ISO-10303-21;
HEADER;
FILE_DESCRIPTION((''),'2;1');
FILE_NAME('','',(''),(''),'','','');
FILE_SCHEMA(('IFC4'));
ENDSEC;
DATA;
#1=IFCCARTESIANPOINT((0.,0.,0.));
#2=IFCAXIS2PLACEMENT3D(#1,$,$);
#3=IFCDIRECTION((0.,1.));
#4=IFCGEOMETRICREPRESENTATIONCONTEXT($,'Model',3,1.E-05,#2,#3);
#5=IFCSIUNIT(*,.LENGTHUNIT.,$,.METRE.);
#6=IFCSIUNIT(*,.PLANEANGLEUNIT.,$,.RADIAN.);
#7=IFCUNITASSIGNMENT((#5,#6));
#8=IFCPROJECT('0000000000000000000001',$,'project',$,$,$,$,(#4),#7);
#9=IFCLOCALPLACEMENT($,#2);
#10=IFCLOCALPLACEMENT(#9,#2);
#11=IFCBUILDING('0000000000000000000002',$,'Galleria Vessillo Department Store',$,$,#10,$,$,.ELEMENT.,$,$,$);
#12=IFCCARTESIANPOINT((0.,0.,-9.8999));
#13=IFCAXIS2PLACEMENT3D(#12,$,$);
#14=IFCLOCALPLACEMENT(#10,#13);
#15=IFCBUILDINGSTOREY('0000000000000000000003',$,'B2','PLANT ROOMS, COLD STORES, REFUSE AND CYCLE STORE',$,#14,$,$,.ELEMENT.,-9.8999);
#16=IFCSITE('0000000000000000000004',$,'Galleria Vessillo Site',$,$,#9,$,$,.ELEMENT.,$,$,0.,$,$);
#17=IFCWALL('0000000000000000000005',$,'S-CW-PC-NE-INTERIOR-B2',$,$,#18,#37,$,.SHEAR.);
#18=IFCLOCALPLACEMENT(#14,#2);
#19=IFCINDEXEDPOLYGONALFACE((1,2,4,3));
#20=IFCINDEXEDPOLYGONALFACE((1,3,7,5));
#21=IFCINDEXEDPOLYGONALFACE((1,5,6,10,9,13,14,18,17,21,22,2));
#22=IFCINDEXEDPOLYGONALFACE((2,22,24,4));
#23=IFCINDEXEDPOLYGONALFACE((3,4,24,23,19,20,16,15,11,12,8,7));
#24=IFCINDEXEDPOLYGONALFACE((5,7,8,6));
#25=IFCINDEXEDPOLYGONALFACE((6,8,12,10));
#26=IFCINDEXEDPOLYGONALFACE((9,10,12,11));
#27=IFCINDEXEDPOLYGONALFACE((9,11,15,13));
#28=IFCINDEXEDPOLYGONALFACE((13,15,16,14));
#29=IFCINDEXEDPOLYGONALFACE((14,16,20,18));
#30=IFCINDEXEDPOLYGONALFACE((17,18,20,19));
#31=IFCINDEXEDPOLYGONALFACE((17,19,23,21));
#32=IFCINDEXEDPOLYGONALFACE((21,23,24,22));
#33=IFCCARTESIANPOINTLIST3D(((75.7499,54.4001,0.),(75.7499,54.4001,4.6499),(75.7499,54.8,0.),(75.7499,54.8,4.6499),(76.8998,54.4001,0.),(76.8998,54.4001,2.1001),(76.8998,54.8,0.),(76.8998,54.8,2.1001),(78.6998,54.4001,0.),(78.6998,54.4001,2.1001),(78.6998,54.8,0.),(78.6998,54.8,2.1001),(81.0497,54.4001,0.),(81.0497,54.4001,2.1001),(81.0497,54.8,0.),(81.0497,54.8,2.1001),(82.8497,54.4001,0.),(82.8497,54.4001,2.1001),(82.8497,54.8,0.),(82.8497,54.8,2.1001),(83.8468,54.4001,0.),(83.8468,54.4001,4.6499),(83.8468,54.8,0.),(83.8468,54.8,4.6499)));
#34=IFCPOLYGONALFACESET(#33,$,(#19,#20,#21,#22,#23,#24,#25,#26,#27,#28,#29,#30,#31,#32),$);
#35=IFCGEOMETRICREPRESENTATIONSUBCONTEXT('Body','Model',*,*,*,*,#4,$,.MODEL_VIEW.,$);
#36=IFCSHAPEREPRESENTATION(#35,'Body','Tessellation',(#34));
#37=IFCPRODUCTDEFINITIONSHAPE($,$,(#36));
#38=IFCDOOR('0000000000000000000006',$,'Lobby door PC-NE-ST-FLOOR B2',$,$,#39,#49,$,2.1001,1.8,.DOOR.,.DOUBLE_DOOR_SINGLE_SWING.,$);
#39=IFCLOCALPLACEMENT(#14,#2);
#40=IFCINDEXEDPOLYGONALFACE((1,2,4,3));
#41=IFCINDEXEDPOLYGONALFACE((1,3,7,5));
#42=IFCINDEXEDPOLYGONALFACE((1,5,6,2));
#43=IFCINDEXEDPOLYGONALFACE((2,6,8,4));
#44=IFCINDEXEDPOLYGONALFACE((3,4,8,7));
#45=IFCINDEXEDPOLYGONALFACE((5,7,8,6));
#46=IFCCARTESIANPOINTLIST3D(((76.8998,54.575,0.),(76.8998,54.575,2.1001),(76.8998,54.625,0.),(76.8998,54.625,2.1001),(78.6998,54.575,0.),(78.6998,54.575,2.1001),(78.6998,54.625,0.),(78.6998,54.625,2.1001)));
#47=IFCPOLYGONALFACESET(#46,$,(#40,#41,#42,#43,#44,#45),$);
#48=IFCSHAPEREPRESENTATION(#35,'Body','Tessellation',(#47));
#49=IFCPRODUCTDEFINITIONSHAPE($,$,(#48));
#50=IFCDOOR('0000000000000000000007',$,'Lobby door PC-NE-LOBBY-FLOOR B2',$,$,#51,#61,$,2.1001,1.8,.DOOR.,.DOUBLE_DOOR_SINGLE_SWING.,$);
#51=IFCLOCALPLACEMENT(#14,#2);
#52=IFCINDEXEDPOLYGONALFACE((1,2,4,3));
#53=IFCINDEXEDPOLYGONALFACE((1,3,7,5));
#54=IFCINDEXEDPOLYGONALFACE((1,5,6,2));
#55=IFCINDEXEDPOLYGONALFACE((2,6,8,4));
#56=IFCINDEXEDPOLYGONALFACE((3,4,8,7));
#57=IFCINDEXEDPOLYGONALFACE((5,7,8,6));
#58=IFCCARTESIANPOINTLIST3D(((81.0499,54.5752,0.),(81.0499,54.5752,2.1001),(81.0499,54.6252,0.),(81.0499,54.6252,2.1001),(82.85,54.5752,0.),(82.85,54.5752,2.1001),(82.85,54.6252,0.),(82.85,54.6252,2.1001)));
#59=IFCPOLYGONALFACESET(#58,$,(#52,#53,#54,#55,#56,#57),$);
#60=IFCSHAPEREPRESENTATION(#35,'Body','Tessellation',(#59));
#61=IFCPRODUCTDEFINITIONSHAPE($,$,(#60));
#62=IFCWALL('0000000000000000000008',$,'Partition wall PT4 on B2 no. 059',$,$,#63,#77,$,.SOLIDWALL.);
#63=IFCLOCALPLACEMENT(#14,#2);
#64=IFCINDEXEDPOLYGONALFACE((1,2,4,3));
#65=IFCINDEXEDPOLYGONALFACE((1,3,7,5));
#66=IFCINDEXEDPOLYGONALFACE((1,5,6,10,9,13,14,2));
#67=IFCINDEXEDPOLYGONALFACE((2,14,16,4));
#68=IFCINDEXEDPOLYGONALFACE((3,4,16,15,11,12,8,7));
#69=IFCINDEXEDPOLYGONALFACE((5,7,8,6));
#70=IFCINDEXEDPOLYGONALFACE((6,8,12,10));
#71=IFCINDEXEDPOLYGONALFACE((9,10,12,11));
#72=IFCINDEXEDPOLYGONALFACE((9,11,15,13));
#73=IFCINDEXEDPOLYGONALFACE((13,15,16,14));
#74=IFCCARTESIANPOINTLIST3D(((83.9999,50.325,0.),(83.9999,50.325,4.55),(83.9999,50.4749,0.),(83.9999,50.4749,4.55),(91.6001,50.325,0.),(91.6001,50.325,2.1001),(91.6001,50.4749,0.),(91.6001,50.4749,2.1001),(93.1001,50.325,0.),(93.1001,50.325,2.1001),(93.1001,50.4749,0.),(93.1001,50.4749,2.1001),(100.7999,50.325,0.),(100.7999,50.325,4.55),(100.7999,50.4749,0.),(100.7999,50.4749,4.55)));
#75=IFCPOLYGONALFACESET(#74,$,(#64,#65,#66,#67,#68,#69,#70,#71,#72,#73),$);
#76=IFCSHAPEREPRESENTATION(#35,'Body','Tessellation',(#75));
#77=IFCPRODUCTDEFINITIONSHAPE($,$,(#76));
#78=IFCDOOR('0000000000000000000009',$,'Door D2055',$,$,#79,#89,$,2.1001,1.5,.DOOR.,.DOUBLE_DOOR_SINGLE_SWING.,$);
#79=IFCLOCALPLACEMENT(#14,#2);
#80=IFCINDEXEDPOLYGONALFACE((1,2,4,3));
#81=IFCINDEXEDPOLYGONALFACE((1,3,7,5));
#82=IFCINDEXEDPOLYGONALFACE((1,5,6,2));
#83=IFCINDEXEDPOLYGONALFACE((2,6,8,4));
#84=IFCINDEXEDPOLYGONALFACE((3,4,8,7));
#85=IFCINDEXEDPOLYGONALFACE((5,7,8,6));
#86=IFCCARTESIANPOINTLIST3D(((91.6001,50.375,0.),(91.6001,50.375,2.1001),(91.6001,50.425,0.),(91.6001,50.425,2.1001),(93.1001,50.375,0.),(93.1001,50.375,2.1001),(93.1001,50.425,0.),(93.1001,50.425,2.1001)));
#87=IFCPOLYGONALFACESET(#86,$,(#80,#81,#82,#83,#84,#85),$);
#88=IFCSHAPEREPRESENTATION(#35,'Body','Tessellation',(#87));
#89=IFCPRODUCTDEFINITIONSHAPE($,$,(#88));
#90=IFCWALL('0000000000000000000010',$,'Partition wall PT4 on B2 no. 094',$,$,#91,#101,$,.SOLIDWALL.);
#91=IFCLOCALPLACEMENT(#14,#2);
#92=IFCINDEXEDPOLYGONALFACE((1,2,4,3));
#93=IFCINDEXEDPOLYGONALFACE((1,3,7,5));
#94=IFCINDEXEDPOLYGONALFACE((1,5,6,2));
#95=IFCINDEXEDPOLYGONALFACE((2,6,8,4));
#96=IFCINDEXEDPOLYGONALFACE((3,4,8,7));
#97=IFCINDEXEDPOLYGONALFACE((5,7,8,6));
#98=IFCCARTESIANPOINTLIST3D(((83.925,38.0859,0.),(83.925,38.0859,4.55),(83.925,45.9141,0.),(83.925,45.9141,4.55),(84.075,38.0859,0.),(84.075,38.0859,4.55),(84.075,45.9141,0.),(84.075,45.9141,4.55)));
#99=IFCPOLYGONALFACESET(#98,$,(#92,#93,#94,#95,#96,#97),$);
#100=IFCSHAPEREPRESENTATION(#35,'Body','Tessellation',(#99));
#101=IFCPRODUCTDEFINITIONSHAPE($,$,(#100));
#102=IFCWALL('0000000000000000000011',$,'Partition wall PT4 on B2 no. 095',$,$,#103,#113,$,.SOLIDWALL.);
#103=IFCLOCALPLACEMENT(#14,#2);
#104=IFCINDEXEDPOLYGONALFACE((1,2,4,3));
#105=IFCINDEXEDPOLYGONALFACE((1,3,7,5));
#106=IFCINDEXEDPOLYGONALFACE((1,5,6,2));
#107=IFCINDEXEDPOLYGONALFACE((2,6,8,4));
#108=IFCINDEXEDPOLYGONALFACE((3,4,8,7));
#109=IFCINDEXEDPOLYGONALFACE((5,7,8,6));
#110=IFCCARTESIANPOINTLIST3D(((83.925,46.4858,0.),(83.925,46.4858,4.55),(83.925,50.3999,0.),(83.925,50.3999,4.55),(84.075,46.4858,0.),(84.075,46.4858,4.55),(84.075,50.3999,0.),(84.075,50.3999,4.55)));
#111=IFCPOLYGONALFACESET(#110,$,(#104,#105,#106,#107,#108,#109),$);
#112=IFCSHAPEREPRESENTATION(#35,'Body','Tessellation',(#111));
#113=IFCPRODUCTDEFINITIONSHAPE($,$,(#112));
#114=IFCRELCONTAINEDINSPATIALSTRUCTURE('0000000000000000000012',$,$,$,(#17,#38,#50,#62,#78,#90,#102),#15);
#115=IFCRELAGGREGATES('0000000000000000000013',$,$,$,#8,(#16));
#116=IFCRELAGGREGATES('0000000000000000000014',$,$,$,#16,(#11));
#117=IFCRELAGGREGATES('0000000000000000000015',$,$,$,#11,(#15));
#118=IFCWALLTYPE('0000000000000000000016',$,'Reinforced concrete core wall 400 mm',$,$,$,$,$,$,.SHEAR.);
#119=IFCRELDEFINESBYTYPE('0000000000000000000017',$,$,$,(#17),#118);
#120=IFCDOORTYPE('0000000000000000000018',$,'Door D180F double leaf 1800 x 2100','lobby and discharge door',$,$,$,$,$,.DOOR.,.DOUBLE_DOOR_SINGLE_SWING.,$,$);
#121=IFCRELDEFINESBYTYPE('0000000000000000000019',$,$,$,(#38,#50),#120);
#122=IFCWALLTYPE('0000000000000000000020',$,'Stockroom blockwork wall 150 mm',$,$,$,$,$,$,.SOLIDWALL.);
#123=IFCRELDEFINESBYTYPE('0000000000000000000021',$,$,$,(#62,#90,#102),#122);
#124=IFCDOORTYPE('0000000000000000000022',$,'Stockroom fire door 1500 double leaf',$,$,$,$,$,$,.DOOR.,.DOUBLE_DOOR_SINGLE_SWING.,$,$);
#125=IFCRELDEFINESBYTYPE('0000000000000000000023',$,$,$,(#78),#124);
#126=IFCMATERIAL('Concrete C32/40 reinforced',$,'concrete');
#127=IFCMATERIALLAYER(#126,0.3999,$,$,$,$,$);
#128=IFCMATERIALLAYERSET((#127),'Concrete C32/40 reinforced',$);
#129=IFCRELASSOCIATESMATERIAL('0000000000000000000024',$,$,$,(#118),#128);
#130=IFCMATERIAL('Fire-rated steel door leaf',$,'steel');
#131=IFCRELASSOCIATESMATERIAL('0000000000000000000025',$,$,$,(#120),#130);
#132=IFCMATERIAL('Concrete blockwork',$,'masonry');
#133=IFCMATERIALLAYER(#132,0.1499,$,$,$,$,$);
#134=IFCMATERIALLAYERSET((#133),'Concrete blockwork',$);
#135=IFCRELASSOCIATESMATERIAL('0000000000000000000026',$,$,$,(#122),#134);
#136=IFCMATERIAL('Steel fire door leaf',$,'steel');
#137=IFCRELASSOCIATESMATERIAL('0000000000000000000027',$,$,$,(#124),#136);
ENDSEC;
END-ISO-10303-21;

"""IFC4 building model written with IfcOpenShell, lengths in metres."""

from ifc_helpers import new_model, si_unit, direction, frame, frame_2d, origin, place, context, subcontext, project, spatial, rectangle, extrude, material, layer, layer_set, type_object, element, fill, save


model = new_model("IFC4")

# Units and contexts
model_context = context("Model", 3, precision=1e-05, world=origin(), true_north=direction((0.0, 1.0)))
body_context = subcontext(model_context, "Body", "Model", "MODEL_VIEW")
ifc_project = project(units=[si_unit("LENGTHUNIT", "METRE"), si_unit("PLANEANGLEUNIT", "RADIAN")], contexts=[model_context])

# Site, building, storey
site_placement = place(None, origin())
site = spatial("IfcSite", under=ifc_project, at=site_placement, Name="Galleria Vessillo Site", CompositionType="ELEMENT", RefElevation=0.0)
building_placement = place(site_placement, origin())
building = spatial("IfcBuilding", under=site, at=building_placement, Name="Galleria Vessillo Department Store", CompositionType="ELEMENT")
storey_placement = place(building_placement, frame((0.0, 0.0, -9.8999)))
storey = spatial("IfcBuildingStorey", under=building, at=storey_placement, Name="B2", Description="PLANT ROOMS, COLD STORES, REFUSE AND CYCLE STORE", CompositionType="ELEMENT", Elevation=-9.8999)

# Wall, openings, doors
ifc_material_1 = material(Name="Concrete C32/40 reinforced", Category="concrete")
ifc_layer_1 = layer(ifc_material_1, 0.3999)
ifc_layer_set_1 = layer_set([ifc_layer_1], Name="Concrete C32/40 reinforced")
wall_type_1 = type_object("IfcWallType", Name="Reinforced concrete core wall 400 mm", PredefinedType="SHEAR", material=ifc_layer_set_1)
wall_1_placement = place(storey_placement, frame((75.75, 54.6001, 0.0), z_axis=(0.0, 0.0, 1.0), x_axis=(1.0, 0.0, 0.0)))
wall_1 = element("IfcWall", 1, at=wall_1_placement, inside=storey, type_object=wall_type_1, Name="S-CW-PC-NE-INTERIOR-B2", PredefinedType="SHEAR", context=body_context, shape_type="SweptSolid", body=[
    extrude(rectangle(XDim=8.0969, YDim=0.3999, at=frame_2d((4.0483, 0.0))), origin(), (0.0, 0.0, 1.0), 4.6499),
])
opening_1_placement = place(wall_1_placement, frame((1.1499, 0.0, 0.0)))
opening_1 = element("IfcOpeningElement", 2, at=opening_1_placement, cuts=wall_1, PredefinedType="OPENING", context=body_context, shape_type="SweptSolid", body=[
    extrude(rectangle(XDim=1.8, YDim=2.1001, at=frame_2d((0.8999, 1.05))), frame((0.0, 0.21, 0.0), z_axis=(0.0, -1.0, 0.0), x_axis=(1.0, 0.0, 0.0)), (0.0, 0.0, 1.0), 0.4199),
])
opening_2_placement = place(wall_1_placement, frame((5.2998, 0.0, 0.0)))
opening_2 = element("IfcOpeningElement", 3, at=opening_2_placement, cuts=wall_1, PredefinedType="OPENING", context=body_context, shape_type="SweptSolid", body=[
    extrude(rectangle(XDim=1.8, YDim=2.1001, at=frame_2d((0.8999, 1.05))), frame((0.0, 0.21, 0.0), z_axis=(0.0, -1.0, 0.0), x_axis=(1.0, 0.0, 0.0)), (0.0, 0.0, 1.0), 0.4199),
])
ifc_material_2 = material(Name="Fire-rated steel door leaf", Category="steel")
door_type_1 = type_object("IfcDoorType", Name="Door D180F double leaf 1800 x 2100", Description="lobby and discharge door", OperationType="DOUBLE_DOOR_SINGLE_SWING", PredefinedType="DOOR", material=ifc_material_2)
door_1_placement = place(opening_1_placement, origin())
door_1 = element("IfcDoor", 4, at=door_1_placement, inside=storey, type_object=door_type_1, Name="Lobby door PC-NE-ST-FLOOR B2", OperationType="DOUBLE_DOOR_SINGLE_SWING", OverallHeight=2.1001, OverallWidth=1.8, PredefinedType="DOOR", context=body_context, shape_type="SweptSolid", body=[
    extrude(rectangle(XDim=1.8, YDim=2.1001, at=frame_2d((0.8999, 1.05))), frame((0.0, 0.0249, 0.0), z_axis=(0.0, -1.0, 0.0), x_axis=(1.0, 0.0, 0.0)), (0.0, 0.0, 1.0), 0.05),
])
fill(opening_1, door_1)
door_2_placement = place(opening_2_placement, frame((1.8, 0.0, 0.0), z_axis=(0.0, 0.0, 1.0), x_axis=(-1.0, 0.0, 0.0)))
door_2 = element("IfcDoor", 5, at=door_2_placement, inside=storey, type_object=door_type_1, Name="Lobby door PC-NE-LOBBY-FLOOR B2", OperationType="DOUBLE_DOOR_SINGLE_SWING", OverallHeight=2.1001, OverallWidth=1.8, PredefinedType="DOOR", context=body_context, shape_type="SweptSolid", body=[
    extrude(rectangle(XDim=1.8, YDim=2.1001, at=frame_2d((0.8999, 1.05))), frame((0.0, 0.0249, 0.0), z_axis=(0.0, -1.0, 0.0), x_axis=(1.0, 0.0, 0.0)), (0.0, 0.0, 1.0), 0.05),
])
fill(opening_2, door_2)

# Wall, opening, door
ifc_material_3 = material(Name="Concrete blockwork", Category="masonry")
ifc_layer_2 = layer(ifc_material_3, 0.1499)
ifc_layer_set_2 = layer_set([ifc_layer_2], Name="Concrete blockwork")
wall_type_2 = type_object("IfcWallType", Name="Stockroom blockwork wall 150 mm", PredefinedType="SOLIDWALL", material=ifc_layer_set_2)
wall_2_placement = place(storey_placement, frame((84.0, 50.3999, 0.0), z_axis=(0.0, 0.0, 1.0), x_axis=(1.0, 0.0, 0.0)))
wall_2 = element("IfcWall", 6, at=wall_2_placement, inside=storey, type_object=wall_type_2, Name="Partition wall PT4 on B2 no. 059", PredefinedType="SOLIDWALL", context=body_context, shape_type="SweptSolid", body=[
    extrude(rectangle(XDim=16.8, YDim=0.1499, at=frame_2d((8.3999, 0.0))), origin(), (0.0, 0.0, 1.0), 4.55),
])
opening_3_placement = place(wall_2_placement, frame((7.6001, 0.0, 0.0)))
opening_3 = element("IfcOpeningElement", 7, at=opening_3_placement, cuts=wall_2, PredefinedType="OPENING", context=body_context, shape_type="SweptSolid", body=[
    extrude(rectangle(XDim=1.5, YDim=2.1001, at=frame_2d((0.75, 1.05))), frame((0.0, 0.085, 0.0), z_axis=(0.0, -1.0, 0.0), x_axis=(1.0, 0.0, 0.0)), (0.0, 0.0, 1.0), 0.1699),
])
ifc_material_4 = material(Name="Steel fire door leaf", Category="steel")
door_type_2 = type_object("IfcDoorType", Name="Stockroom fire door 1500 double leaf", OperationType="DOUBLE_DOOR_SINGLE_SWING", PredefinedType="DOOR", material=ifc_material_4)
door_3_placement = place(opening_3_placement, frame((1.5, 0.0, 0.0), z_axis=(0.0, 0.0, 1.0), x_axis=(-1.0, 0.0, 0.0)))
door_3 = element("IfcDoor", 8, at=door_3_placement, inside=storey, type_object=door_type_2, Name="Door D2055", OperationType="DOUBLE_DOOR_SINGLE_SWING", OverallHeight=2.1001, OverallWidth=1.5, PredefinedType="DOOR", context=body_context, shape_type="SweptSolid", body=[
    extrude(rectangle(XDim=1.5, YDim=2.1001, at=frame_2d((0.75, 1.05))), frame((0.0, 0.0249, 0.0), z_axis=(0.0, -1.0, 0.0), x_axis=(1.0, 0.0, 0.0)), (0.0, 0.0, 1.0), 0.05),
])
fill(opening_3, door_3)

# Walls
wall_3_placement = place(storey_placement, frame((84.0, 38.0859, 0.0), z_axis=(0.0, 0.0, 1.0), x_axis=(0.0, 1.0, 0.0)))
element("IfcWall", 9, at=wall_3_placement, inside=storey, type_object=wall_type_2, Name="Partition wall PT4 on B2 no. 094", PredefinedType="SOLIDWALL", context=body_context, shape_type="SweptSolid", body=[
    extrude(rectangle(XDim=7.8281, YDim=0.1499, at=frame_2d((3.9141, 0.0))), origin(), (0.0, 0.0, 1.0), 4.55),
])
wall_4_placement = place(storey_placement, frame((84.0, 46.4858, 0.0), z_axis=(0.0, 0.0, 1.0), x_axis=(0.0, 1.0, 0.0)))
element("IfcWall", 10, at=wall_4_placement, inside=storey, type_object=wall_type_2, Name="Partition wall PT4 on B2 no. 095", PredefinedType="SOLIDWALL", context=body_context, shape_type="SweptSolid", body=[
    extrude(rectangle(XDim=3.9141, YDim=0.1499, at=frame_2d((1.957, 0.0))), origin(), (0.0, 0.0, 1.0), 4.55),
])

save(model, "model.ifc")
